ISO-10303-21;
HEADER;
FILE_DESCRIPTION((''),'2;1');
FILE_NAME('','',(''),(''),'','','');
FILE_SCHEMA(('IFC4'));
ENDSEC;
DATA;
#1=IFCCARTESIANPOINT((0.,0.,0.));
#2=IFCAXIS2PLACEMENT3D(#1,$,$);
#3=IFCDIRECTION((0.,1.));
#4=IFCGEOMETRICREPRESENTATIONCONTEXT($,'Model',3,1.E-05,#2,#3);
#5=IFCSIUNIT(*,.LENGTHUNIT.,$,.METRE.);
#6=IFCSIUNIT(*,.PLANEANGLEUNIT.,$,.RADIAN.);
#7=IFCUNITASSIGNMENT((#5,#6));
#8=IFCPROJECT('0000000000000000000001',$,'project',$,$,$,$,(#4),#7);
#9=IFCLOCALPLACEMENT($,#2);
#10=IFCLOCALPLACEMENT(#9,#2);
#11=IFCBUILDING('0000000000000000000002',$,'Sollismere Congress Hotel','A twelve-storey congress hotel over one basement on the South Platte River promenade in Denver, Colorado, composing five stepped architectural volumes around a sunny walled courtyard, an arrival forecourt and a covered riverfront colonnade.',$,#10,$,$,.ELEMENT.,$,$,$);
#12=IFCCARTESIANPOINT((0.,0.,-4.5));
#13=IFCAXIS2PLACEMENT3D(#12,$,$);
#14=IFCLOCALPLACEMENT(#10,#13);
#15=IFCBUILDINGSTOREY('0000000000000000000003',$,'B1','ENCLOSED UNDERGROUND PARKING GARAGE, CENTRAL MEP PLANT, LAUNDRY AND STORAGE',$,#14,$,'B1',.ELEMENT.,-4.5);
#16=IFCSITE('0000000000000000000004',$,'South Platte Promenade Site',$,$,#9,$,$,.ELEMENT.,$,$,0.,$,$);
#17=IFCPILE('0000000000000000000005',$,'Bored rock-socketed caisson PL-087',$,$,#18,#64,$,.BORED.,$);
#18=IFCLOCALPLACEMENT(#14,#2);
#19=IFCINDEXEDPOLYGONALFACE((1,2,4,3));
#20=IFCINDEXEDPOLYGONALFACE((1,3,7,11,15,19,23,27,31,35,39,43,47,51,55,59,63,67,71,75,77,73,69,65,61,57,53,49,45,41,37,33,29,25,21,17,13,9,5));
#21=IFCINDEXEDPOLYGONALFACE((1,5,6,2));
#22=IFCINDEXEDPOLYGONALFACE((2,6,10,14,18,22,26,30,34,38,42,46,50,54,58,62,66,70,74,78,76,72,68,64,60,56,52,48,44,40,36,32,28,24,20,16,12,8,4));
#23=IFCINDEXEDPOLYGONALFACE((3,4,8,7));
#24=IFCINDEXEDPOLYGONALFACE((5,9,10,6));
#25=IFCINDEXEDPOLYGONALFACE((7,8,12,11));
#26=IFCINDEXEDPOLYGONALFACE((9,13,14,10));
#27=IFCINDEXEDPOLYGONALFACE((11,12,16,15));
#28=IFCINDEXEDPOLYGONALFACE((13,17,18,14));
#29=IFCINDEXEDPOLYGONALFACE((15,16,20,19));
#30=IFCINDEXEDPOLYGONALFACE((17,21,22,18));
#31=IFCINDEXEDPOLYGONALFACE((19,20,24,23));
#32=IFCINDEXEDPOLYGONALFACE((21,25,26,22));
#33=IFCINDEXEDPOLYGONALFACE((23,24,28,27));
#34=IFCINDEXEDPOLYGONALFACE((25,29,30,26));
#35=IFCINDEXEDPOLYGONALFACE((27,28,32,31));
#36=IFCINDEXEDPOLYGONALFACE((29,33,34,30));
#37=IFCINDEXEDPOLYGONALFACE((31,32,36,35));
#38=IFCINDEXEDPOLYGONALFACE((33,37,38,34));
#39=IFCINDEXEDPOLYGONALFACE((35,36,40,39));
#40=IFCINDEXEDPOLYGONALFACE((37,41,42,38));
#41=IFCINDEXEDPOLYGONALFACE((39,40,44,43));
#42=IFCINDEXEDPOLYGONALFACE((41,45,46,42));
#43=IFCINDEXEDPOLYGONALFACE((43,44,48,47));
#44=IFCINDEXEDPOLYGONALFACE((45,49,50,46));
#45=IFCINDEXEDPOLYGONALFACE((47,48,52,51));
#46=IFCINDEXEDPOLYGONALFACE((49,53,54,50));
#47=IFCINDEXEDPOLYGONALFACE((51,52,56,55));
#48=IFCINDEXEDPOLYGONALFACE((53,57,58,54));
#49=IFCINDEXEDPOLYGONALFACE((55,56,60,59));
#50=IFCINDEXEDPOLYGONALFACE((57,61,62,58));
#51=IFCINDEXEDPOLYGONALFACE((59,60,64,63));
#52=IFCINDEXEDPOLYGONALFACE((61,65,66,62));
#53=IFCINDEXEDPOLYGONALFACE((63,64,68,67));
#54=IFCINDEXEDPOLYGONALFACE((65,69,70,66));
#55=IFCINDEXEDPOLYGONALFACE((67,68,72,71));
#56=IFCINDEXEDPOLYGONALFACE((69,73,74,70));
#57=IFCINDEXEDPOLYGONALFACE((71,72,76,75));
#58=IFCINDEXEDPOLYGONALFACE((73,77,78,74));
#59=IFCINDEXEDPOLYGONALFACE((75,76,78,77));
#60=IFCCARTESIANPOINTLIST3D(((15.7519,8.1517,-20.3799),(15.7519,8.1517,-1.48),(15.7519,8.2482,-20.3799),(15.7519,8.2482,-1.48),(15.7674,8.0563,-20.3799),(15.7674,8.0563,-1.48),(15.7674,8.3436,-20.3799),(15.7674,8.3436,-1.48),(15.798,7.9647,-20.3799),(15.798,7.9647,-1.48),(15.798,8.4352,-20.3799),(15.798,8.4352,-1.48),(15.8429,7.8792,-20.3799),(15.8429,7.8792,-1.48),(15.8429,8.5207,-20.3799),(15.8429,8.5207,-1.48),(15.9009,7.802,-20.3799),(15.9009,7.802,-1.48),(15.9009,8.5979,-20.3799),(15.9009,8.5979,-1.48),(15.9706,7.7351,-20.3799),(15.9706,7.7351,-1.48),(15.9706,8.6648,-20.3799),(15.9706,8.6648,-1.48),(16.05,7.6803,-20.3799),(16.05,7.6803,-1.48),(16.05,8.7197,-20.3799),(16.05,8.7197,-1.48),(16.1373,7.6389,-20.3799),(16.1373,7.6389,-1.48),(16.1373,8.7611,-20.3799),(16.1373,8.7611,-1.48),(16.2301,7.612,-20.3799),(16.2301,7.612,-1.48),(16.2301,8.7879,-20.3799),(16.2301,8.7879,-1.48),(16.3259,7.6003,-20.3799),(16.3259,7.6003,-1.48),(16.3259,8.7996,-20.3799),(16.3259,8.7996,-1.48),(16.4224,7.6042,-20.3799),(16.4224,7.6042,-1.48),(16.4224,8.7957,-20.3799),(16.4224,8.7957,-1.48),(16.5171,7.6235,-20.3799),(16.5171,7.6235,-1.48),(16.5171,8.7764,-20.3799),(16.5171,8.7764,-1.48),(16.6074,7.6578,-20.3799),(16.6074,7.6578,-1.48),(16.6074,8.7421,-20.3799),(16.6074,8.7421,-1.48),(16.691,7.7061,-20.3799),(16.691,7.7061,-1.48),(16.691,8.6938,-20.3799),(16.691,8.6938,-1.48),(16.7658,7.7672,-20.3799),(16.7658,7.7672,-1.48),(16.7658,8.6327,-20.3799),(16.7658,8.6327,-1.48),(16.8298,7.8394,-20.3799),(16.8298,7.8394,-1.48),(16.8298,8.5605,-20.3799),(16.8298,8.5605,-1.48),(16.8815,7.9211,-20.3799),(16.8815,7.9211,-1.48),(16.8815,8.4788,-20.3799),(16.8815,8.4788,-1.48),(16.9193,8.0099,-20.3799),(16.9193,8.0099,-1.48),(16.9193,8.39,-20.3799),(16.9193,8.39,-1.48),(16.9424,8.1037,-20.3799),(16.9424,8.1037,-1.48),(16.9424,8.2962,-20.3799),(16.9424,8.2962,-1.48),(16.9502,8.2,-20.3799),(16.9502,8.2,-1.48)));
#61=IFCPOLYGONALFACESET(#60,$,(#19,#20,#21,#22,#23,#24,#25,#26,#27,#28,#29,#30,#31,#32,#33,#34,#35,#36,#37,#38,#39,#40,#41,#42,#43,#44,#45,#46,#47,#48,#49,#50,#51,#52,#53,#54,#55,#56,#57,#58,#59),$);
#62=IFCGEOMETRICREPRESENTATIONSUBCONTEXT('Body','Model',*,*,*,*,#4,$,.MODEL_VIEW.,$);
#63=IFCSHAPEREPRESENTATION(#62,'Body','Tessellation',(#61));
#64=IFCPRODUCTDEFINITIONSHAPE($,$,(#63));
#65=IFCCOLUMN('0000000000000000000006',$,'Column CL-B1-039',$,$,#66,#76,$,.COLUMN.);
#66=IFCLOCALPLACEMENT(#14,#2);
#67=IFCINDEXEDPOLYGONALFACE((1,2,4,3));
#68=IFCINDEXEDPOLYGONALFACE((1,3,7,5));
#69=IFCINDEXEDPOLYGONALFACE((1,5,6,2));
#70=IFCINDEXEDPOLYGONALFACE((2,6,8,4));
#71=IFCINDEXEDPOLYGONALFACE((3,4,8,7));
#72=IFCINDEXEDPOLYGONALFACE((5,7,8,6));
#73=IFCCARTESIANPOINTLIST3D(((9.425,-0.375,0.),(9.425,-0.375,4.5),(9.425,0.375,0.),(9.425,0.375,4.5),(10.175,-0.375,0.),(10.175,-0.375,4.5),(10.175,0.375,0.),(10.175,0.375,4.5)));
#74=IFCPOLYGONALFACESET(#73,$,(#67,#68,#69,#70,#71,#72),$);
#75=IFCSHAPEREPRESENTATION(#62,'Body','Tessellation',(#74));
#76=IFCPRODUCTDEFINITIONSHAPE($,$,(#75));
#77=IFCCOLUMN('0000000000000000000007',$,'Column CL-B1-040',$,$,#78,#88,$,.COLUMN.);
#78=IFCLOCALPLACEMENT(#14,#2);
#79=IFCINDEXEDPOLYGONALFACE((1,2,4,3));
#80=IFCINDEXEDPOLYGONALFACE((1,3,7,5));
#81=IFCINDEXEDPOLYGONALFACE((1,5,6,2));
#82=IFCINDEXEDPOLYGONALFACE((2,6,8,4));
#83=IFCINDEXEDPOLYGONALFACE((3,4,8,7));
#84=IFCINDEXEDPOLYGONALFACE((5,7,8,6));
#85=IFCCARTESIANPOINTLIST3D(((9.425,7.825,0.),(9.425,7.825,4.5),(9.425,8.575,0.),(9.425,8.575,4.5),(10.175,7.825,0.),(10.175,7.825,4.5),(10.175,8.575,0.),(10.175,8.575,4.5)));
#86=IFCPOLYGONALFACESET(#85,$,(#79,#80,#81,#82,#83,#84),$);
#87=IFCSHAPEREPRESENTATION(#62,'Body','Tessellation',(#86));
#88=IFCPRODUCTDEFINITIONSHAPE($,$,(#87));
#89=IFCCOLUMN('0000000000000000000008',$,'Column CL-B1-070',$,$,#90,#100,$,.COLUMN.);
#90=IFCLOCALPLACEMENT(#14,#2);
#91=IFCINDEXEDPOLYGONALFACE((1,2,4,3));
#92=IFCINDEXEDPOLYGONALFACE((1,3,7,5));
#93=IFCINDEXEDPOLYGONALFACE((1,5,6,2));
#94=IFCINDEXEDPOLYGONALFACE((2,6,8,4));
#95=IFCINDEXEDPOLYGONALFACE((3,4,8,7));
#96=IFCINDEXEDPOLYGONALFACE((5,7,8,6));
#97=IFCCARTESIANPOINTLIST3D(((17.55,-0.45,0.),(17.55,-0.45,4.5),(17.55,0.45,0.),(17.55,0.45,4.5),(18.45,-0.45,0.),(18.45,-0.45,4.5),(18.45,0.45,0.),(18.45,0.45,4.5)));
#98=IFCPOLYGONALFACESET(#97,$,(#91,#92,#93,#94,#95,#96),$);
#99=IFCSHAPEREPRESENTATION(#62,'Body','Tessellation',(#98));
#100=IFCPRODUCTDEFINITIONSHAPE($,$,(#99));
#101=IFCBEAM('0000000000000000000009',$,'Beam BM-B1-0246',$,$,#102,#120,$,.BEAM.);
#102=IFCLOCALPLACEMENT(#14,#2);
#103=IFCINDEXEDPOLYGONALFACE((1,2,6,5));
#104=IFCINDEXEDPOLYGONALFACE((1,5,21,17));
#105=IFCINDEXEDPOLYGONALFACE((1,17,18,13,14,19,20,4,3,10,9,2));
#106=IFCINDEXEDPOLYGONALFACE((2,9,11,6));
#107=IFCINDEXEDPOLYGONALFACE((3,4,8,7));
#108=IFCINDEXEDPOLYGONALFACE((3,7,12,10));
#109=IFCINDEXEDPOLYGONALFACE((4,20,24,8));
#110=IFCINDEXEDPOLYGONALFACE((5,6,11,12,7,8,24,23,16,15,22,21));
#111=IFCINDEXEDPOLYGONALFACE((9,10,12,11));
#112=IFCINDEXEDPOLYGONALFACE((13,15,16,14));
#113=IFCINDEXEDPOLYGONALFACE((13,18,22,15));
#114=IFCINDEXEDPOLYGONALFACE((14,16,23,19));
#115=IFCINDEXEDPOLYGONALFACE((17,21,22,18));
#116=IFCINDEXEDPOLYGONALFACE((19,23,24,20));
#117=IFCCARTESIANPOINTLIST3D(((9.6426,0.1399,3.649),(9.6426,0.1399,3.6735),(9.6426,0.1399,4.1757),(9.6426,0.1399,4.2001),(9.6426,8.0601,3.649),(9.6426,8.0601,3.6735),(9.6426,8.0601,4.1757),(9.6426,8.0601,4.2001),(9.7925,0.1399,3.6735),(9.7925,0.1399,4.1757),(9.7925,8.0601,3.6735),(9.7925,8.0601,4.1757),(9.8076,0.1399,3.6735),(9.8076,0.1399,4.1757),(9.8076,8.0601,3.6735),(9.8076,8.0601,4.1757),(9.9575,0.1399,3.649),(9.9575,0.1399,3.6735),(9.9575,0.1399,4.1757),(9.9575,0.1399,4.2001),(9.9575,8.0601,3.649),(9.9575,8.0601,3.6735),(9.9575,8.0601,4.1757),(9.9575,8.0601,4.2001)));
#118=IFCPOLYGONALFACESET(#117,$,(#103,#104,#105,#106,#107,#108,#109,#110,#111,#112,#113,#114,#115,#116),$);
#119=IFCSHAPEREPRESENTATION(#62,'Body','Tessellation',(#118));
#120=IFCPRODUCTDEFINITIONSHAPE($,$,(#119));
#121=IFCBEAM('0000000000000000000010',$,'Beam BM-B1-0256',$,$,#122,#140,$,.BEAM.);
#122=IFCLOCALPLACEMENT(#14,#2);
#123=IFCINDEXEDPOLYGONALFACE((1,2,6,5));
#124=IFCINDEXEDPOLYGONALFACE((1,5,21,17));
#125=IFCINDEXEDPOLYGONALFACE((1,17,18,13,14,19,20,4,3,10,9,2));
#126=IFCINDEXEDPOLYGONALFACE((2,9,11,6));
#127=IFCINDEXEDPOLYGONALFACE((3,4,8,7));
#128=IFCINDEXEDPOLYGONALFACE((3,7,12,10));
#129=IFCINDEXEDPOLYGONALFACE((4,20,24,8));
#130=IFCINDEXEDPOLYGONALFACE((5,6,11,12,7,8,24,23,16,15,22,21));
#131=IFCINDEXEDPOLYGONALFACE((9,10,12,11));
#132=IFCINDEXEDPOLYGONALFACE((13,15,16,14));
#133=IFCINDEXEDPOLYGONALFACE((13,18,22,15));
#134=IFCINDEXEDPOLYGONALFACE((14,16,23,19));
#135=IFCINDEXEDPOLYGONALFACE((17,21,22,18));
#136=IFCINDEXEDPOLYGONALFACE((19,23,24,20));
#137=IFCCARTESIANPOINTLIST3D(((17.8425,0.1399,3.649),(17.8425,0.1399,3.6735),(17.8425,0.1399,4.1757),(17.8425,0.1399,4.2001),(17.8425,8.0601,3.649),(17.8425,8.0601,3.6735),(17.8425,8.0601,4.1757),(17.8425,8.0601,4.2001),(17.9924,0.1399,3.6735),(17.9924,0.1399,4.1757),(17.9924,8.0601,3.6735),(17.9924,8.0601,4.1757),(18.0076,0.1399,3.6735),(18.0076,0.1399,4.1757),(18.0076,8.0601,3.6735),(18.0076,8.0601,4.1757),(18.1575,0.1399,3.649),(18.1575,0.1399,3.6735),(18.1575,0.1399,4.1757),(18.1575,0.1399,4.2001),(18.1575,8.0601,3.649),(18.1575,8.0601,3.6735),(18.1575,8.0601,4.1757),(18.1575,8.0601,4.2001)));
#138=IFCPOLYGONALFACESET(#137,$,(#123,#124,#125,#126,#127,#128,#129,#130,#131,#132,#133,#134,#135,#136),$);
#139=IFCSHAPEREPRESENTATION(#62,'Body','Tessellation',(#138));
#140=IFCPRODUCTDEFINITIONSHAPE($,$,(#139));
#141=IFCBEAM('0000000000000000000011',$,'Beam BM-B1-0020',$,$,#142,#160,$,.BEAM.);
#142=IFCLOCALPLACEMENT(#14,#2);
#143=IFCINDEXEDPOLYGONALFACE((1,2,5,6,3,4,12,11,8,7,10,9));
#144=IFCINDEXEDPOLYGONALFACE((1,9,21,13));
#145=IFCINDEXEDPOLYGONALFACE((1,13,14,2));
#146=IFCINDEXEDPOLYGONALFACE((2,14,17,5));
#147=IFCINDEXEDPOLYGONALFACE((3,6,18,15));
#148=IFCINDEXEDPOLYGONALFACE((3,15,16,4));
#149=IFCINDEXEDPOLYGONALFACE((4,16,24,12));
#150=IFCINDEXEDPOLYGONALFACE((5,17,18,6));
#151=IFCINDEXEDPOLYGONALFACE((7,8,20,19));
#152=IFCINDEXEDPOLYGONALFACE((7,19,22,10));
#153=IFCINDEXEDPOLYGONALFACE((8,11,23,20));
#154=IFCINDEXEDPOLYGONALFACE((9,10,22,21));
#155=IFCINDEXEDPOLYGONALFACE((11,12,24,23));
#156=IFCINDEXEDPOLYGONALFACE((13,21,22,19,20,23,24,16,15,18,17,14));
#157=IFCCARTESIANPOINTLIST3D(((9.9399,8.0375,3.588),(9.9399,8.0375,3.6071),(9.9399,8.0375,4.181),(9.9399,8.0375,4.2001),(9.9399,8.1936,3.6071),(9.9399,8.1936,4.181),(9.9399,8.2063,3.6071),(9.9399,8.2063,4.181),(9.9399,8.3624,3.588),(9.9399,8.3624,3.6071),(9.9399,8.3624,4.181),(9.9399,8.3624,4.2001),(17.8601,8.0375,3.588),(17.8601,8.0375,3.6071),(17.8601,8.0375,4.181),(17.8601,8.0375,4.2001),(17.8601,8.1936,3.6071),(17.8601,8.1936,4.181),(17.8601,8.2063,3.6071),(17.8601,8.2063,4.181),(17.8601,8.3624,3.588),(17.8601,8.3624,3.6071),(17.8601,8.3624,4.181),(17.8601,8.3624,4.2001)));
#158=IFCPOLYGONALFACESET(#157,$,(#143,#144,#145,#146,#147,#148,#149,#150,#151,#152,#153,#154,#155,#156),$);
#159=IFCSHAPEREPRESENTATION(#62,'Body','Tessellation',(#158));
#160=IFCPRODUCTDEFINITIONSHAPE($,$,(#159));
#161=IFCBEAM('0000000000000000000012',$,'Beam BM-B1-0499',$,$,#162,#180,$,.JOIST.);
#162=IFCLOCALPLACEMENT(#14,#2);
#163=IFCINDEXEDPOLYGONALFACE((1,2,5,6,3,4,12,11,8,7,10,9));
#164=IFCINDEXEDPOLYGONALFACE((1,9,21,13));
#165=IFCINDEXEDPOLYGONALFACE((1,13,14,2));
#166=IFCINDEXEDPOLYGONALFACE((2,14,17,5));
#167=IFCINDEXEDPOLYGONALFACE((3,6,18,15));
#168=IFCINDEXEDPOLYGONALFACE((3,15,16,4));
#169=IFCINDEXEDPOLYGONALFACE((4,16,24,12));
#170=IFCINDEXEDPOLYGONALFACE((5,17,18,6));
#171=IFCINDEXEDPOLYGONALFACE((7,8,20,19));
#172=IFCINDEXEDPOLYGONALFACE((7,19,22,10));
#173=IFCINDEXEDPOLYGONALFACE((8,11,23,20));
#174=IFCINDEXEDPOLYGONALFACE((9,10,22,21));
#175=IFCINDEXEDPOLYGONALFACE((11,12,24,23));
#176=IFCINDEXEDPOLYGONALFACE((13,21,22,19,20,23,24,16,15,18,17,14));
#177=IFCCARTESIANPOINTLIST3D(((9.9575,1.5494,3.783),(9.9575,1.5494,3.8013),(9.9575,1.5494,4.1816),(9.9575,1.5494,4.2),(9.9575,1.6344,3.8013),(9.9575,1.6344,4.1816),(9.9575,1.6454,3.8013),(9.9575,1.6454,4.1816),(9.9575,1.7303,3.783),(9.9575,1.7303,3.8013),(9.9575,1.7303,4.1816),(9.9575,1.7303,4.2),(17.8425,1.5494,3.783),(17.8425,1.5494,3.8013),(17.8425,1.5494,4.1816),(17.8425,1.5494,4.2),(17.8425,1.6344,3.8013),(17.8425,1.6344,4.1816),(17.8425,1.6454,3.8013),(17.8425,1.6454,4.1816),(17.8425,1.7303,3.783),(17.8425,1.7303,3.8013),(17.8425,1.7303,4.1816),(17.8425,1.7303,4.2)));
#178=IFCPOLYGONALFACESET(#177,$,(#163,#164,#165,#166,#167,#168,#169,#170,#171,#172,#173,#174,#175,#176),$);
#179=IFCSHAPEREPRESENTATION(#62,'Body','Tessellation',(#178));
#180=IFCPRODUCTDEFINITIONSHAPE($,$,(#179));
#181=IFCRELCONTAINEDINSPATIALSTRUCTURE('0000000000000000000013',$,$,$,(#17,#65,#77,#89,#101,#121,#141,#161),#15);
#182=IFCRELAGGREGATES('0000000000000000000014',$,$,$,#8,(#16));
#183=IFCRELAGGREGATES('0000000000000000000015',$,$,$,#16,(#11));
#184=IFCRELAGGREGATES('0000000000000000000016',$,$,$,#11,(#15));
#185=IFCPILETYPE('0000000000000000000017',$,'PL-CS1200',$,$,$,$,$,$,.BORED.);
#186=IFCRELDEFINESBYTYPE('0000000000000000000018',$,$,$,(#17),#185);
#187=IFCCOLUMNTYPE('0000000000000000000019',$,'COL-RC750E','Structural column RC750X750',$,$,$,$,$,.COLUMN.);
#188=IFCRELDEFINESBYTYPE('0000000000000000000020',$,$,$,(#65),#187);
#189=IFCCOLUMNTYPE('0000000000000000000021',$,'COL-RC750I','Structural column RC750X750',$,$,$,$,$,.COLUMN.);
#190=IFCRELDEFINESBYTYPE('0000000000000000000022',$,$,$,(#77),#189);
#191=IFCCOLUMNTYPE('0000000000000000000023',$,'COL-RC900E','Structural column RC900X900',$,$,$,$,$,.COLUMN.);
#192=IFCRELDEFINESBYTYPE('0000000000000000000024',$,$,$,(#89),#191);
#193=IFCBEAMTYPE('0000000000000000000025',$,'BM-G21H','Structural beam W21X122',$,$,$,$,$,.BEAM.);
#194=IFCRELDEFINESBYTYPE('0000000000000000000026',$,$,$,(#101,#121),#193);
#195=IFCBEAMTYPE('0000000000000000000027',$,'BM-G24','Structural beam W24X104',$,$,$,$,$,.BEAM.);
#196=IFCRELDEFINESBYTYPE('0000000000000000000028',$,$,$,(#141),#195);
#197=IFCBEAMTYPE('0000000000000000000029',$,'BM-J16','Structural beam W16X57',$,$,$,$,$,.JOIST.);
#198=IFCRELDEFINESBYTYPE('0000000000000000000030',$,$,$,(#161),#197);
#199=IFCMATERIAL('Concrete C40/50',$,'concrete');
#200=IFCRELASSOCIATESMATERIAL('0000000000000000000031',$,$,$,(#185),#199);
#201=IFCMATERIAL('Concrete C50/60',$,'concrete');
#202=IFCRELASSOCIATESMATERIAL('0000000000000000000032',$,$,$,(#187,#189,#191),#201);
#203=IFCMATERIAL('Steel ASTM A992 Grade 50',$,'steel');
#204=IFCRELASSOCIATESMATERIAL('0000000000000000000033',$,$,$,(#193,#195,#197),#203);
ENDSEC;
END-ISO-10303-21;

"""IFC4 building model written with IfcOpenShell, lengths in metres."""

from ifc_helpers import new_model, si_unit, direction, frame, origin, origin_2d, place, context, subcontext, project, spatial, rectangle, circle, i_section, extrude, material, material_profile, profile_set, type_object, element, save


model = new_model("IFC4")

# Units and contexts
model_context = context("Model", 3, precision=1e-05, world=origin(), true_north=direction((0.0, 1.0)))
body_context = subcontext(model_context, "Body", "Model", "MODEL_VIEW")
ifc_project = project(units=[si_unit("LENGTHUNIT", "METRE"), si_unit("PLANEANGLEUNIT", "RADIAN")], contexts=[model_context])

# Site, building, storey
site_placement = place(None, origin())
site = spatial("IfcSite", under=ifc_project, at=site_placement, Name="South Platte Promenade Site", CompositionType="ELEMENT", RefElevation=0.0)
building_placement = place(site_placement, origin())
building = spatial("IfcBuilding", under=site, at=building_placement, Name="Sollismere Congress Hotel", Description="A twelve-storey congress hotel over one basement on the South Platte River promenade in Denver, Colorado, composing five stepped architectural volumes around a sunny walled courtyard, an arrival forecourt and a covered riverfront colonnade.", CompositionType="ELEMENT")
storey_placement = place(building_placement, frame((0.0, 0.0, -4.5)))
storey = spatial("IfcBuildingStorey", under=building, at=storey_placement, Name="B1", Description="ENCLOSED UNDERGROUND PARKING GARAGE, CENTRAL MEP PLANT, LAUNDRY AND STORAGE", LongName="B1", CompositionType="ELEMENT", Elevation=-4.5)

# Shared definitions
ifc_material_1 = material(Name="Concrete C40/50", Category="concrete")

# Pile
ifc_material_profile_1 = material_profile(ifc_material_1, circle(Radius=0.6001, at=origin_2d()), Name="CAISSON1200")
ifc_profile_set_1 = profile_set([ifc_material_profile_1], Name="Concrete C40/50")
pile_type = type_object("IfcPileType", Name="PL-CS1200", PredefinedType="BORED", material=ifc_profile_set_1)
pile_1_placement = place(storey_placement, frame((16.3501, 8.2, -1.48), z_axis=(0.0, 0.0, -1.0), x_axis=(1.0, 0.0, 0.0)))
element("IfcPile", 1, at=pile_1_placement, inside=storey, type_object=pile_type, Name="Bored rock-socketed caisson PL-087", PredefinedType="BORED", context=body_context, shape_type="SweptSolid", body=[
    extrude(circle(Radius=0.6001, at=origin_2d()), origin(), (0.0, 0.0, 1.0), 18.8999),
])

# Columns
ifc_material_2 = material(Name="Concrete C50/60", Category="concrete")
ifc_material_profile_2 = material_profile(ifc_material_2, rectangle(XDim=0.75, YDim=0.75, at=origin_2d()), Name="RC750X750")
ifc_profile_set_2 = profile_set([ifc_material_profile_2], Name="Concrete C50/60")
column_type_1 = type_object("IfcColumnType", Name="COL-RC750E", Description="Structural column RC750X750", PredefinedType="COLUMN", material=ifc_profile_set_2)
column_1_placement = place(storey_placement, frame((9.8, 0.0, 0.0), z_axis=(0.0, 0.0, 1.0), x_axis=(0.0, 1.0, 0.0)))
element("IfcColumn", 2, at=column_1_placement, inside=storey, type_object=column_type_1, Name="Column CL-B1-039", PredefinedType="COLUMN", context=body_context, shape_type="SweptSolid", body=[
    extrude(rectangle(XDim=0.75, YDim=0.75, at=origin_2d()), origin(), (0.0, 0.0, 1.0), 4.5),
])
ifc_material_profile_3 = material_profile(ifc_material_2, rectangle(XDim=0.75, YDim=0.75, at=origin_2d()), Name="RC750X750")
ifc_profile_set_3 = profile_set([ifc_material_profile_3], Name="Concrete C50/60")
column_type_2 = type_object("IfcColumnType", Name="COL-RC750I", Description="Structural column RC750X750", PredefinedType="COLUMN", material=ifc_profile_set_3)
column_2_placement = place(storey_placement, frame((9.8, 8.2, 0.0), z_axis=(0.0, 0.0, 1.0), x_axis=(1.0, 0.0, 0.0)))
element("IfcColumn", 3, at=column_2_placement, inside=storey, type_object=column_type_2, Name="Column CL-B1-040", PredefinedType="COLUMN", context=body_context, shape_type="SweptSolid", body=[
    extrude(rectangle(XDim=0.75, YDim=0.75, at=origin_2d()), origin(), (0.0, 0.0, 1.0), 4.5),
])
ifc_material_profile_4 = material_profile(ifc_material_2, rectangle(XDim=0.8999, YDim=0.8999, at=origin_2d()), Name="RC900X900")
ifc_profile_set_4 = profile_set([ifc_material_profile_4], Name="Concrete C50/60")
column_type_3 = type_object("IfcColumnType", Name="COL-RC900E", Description="Structural column RC900X900", PredefinedType="COLUMN", material=ifc_profile_set_4)
column_3_placement = place(storey_placement, frame((18.0, 0.0, 0.0), z_axis=(0.0, 0.0, 1.0), x_axis=(0.0, 1.0, 0.0)))
element("IfcColumn", 4, at=column_3_placement, inside=storey, type_object=column_type_3, Name="Column CL-B1-070", PredefinedType="COLUMN", context=body_context, shape_type="SweptSolid", body=[
    extrude(rectangle(XDim=0.8999, YDim=0.8999, at=origin_2d()), origin(), (0.0, 0.0, 1.0), 4.5),
])

# Beams
ifc_material_3 = material(Name="Steel ASTM A992 Grade 50", Category="steel")
ifc_material_profile_5 = material_profile(ifc_material_3, i_section(OverallWidth=0.3149, OverallDepth=0.551, WebThickness=0.0151, FlangeThickness=0.0244, at=origin_2d()), Name="W21X122")
ifc_profile_set_5 = profile_set([ifc_material_profile_5], Name="Steel ASTM A992 Grade 50")
beam_type_1 = type_object("IfcBeamType", Name="BM-G21H", Description="Structural beam W21X122", PredefinedType="BEAM", material=ifc_profile_set_5)
for number, where, z_axis, x_axis, name in (
    (5, (9.8, 0.1399, 3.9246), (0.0, 1.0, 0.0), (-1.0, 0.0, 0.0), "Beam BM-B1-0246"),
    (6, (18.0, 0.1399, 3.9246), (0.0, 1.0, 0.0), (-1.0, 0.0, 0.0), "Beam BM-B1-0256"),
):
    element("IfcBeam", number, at=place(storey_placement, frame(where, z_axis=z_axis, x_axis=x_axis)), inside=storey, type_object=beam_type_1, Name=name, PredefinedType="BEAM", context=body_context, shape_type="SweptSolid", body=[
        extrude(i_section(OverallWidth=0.3149, OverallDepth=0.551, WebThickness=0.0151, FlangeThickness=0.0244, at=origin_2d()), origin(), (0.0, 0.0, 1.0), 7.9202),
    ])
ifc_material_profile_6 = material_profile(ifc_material_3, i_section(OverallWidth=0.325, OverallDepth=0.6121, WebThickness=0.0127, FlangeThickness=0.019, at=origin_2d()), Name="W24X104")
ifc_profile_set_6 = profile_set([ifc_material_profile_6], Name="Steel ASTM A992 Grade 50")
beam_type_2 = type_object("IfcBeamType", Name="BM-G24", Description="Structural beam W24X104", PredefinedType="BEAM", material=ifc_profile_set_6)
beam_1_placement = place(storey_placement, frame((9.9399, 8.2, 3.894), z_axis=(1.0, 0.0, 0.0), x_axis=(0.0, 1.0, 0.0)))
element("IfcBeam", 7, at=beam_1_placement, inside=storey, type_object=beam_type_2, Name="Beam BM-B1-0020", PredefinedType="BEAM", context=body_context, shape_type="SweptSolid", body=[
    extrude(i_section(OverallWidth=0.325, OverallDepth=0.6121, WebThickness=0.0127, FlangeThickness=0.019, at=origin_2d()), origin(), (0.0, 0.0, 1.0), 7.9202),
])
ifc_material_profile_7 = material_profile(ifc_material_3, i_section(OverallWidth=0.1809, OverallDepth=0.417, WebThickness=0.011, FlangeThickness=0.0183, at=origin_2d()), Name="W16X57")
ifc_profile_set_7 = profile_set([ifc_material_profile_7], Name="Steel ASTM A992 Grade 50")
beam_type_3 = type_object("IfcBeamType", Name="BM-J16", Description="Structural beam W16X57", PredefinedType="JOIST", material=ifc_profile_set_7)
for number, where, z_axis, x_axis, name in (
    (8, (9.9575, 1.6399, 3.9915), (1.0, 0.0, 0.0), (0.0, 1.0, 0.0), "Beam BM-B1-0499"),
):
    element("IfcBeam", number, at=place(storey_placement, frame(where, z_axis=z_axis, x_axis=x_axis)), inside=storey, type_object=beam_type_3, Name=name, PredefinedType="JOIST", context=body_context, shape_type="SweptSolid", body=[
        extrude(i_section(OverallWidth=0.1809, OverallDepth=0.417, WebThickness=0.011, FlangeThickness=0.0183, at=origin_2d()), origin(), (0.0, 0.0, 1.0), 7.885),
    ])

save(model, "model.ifc")
